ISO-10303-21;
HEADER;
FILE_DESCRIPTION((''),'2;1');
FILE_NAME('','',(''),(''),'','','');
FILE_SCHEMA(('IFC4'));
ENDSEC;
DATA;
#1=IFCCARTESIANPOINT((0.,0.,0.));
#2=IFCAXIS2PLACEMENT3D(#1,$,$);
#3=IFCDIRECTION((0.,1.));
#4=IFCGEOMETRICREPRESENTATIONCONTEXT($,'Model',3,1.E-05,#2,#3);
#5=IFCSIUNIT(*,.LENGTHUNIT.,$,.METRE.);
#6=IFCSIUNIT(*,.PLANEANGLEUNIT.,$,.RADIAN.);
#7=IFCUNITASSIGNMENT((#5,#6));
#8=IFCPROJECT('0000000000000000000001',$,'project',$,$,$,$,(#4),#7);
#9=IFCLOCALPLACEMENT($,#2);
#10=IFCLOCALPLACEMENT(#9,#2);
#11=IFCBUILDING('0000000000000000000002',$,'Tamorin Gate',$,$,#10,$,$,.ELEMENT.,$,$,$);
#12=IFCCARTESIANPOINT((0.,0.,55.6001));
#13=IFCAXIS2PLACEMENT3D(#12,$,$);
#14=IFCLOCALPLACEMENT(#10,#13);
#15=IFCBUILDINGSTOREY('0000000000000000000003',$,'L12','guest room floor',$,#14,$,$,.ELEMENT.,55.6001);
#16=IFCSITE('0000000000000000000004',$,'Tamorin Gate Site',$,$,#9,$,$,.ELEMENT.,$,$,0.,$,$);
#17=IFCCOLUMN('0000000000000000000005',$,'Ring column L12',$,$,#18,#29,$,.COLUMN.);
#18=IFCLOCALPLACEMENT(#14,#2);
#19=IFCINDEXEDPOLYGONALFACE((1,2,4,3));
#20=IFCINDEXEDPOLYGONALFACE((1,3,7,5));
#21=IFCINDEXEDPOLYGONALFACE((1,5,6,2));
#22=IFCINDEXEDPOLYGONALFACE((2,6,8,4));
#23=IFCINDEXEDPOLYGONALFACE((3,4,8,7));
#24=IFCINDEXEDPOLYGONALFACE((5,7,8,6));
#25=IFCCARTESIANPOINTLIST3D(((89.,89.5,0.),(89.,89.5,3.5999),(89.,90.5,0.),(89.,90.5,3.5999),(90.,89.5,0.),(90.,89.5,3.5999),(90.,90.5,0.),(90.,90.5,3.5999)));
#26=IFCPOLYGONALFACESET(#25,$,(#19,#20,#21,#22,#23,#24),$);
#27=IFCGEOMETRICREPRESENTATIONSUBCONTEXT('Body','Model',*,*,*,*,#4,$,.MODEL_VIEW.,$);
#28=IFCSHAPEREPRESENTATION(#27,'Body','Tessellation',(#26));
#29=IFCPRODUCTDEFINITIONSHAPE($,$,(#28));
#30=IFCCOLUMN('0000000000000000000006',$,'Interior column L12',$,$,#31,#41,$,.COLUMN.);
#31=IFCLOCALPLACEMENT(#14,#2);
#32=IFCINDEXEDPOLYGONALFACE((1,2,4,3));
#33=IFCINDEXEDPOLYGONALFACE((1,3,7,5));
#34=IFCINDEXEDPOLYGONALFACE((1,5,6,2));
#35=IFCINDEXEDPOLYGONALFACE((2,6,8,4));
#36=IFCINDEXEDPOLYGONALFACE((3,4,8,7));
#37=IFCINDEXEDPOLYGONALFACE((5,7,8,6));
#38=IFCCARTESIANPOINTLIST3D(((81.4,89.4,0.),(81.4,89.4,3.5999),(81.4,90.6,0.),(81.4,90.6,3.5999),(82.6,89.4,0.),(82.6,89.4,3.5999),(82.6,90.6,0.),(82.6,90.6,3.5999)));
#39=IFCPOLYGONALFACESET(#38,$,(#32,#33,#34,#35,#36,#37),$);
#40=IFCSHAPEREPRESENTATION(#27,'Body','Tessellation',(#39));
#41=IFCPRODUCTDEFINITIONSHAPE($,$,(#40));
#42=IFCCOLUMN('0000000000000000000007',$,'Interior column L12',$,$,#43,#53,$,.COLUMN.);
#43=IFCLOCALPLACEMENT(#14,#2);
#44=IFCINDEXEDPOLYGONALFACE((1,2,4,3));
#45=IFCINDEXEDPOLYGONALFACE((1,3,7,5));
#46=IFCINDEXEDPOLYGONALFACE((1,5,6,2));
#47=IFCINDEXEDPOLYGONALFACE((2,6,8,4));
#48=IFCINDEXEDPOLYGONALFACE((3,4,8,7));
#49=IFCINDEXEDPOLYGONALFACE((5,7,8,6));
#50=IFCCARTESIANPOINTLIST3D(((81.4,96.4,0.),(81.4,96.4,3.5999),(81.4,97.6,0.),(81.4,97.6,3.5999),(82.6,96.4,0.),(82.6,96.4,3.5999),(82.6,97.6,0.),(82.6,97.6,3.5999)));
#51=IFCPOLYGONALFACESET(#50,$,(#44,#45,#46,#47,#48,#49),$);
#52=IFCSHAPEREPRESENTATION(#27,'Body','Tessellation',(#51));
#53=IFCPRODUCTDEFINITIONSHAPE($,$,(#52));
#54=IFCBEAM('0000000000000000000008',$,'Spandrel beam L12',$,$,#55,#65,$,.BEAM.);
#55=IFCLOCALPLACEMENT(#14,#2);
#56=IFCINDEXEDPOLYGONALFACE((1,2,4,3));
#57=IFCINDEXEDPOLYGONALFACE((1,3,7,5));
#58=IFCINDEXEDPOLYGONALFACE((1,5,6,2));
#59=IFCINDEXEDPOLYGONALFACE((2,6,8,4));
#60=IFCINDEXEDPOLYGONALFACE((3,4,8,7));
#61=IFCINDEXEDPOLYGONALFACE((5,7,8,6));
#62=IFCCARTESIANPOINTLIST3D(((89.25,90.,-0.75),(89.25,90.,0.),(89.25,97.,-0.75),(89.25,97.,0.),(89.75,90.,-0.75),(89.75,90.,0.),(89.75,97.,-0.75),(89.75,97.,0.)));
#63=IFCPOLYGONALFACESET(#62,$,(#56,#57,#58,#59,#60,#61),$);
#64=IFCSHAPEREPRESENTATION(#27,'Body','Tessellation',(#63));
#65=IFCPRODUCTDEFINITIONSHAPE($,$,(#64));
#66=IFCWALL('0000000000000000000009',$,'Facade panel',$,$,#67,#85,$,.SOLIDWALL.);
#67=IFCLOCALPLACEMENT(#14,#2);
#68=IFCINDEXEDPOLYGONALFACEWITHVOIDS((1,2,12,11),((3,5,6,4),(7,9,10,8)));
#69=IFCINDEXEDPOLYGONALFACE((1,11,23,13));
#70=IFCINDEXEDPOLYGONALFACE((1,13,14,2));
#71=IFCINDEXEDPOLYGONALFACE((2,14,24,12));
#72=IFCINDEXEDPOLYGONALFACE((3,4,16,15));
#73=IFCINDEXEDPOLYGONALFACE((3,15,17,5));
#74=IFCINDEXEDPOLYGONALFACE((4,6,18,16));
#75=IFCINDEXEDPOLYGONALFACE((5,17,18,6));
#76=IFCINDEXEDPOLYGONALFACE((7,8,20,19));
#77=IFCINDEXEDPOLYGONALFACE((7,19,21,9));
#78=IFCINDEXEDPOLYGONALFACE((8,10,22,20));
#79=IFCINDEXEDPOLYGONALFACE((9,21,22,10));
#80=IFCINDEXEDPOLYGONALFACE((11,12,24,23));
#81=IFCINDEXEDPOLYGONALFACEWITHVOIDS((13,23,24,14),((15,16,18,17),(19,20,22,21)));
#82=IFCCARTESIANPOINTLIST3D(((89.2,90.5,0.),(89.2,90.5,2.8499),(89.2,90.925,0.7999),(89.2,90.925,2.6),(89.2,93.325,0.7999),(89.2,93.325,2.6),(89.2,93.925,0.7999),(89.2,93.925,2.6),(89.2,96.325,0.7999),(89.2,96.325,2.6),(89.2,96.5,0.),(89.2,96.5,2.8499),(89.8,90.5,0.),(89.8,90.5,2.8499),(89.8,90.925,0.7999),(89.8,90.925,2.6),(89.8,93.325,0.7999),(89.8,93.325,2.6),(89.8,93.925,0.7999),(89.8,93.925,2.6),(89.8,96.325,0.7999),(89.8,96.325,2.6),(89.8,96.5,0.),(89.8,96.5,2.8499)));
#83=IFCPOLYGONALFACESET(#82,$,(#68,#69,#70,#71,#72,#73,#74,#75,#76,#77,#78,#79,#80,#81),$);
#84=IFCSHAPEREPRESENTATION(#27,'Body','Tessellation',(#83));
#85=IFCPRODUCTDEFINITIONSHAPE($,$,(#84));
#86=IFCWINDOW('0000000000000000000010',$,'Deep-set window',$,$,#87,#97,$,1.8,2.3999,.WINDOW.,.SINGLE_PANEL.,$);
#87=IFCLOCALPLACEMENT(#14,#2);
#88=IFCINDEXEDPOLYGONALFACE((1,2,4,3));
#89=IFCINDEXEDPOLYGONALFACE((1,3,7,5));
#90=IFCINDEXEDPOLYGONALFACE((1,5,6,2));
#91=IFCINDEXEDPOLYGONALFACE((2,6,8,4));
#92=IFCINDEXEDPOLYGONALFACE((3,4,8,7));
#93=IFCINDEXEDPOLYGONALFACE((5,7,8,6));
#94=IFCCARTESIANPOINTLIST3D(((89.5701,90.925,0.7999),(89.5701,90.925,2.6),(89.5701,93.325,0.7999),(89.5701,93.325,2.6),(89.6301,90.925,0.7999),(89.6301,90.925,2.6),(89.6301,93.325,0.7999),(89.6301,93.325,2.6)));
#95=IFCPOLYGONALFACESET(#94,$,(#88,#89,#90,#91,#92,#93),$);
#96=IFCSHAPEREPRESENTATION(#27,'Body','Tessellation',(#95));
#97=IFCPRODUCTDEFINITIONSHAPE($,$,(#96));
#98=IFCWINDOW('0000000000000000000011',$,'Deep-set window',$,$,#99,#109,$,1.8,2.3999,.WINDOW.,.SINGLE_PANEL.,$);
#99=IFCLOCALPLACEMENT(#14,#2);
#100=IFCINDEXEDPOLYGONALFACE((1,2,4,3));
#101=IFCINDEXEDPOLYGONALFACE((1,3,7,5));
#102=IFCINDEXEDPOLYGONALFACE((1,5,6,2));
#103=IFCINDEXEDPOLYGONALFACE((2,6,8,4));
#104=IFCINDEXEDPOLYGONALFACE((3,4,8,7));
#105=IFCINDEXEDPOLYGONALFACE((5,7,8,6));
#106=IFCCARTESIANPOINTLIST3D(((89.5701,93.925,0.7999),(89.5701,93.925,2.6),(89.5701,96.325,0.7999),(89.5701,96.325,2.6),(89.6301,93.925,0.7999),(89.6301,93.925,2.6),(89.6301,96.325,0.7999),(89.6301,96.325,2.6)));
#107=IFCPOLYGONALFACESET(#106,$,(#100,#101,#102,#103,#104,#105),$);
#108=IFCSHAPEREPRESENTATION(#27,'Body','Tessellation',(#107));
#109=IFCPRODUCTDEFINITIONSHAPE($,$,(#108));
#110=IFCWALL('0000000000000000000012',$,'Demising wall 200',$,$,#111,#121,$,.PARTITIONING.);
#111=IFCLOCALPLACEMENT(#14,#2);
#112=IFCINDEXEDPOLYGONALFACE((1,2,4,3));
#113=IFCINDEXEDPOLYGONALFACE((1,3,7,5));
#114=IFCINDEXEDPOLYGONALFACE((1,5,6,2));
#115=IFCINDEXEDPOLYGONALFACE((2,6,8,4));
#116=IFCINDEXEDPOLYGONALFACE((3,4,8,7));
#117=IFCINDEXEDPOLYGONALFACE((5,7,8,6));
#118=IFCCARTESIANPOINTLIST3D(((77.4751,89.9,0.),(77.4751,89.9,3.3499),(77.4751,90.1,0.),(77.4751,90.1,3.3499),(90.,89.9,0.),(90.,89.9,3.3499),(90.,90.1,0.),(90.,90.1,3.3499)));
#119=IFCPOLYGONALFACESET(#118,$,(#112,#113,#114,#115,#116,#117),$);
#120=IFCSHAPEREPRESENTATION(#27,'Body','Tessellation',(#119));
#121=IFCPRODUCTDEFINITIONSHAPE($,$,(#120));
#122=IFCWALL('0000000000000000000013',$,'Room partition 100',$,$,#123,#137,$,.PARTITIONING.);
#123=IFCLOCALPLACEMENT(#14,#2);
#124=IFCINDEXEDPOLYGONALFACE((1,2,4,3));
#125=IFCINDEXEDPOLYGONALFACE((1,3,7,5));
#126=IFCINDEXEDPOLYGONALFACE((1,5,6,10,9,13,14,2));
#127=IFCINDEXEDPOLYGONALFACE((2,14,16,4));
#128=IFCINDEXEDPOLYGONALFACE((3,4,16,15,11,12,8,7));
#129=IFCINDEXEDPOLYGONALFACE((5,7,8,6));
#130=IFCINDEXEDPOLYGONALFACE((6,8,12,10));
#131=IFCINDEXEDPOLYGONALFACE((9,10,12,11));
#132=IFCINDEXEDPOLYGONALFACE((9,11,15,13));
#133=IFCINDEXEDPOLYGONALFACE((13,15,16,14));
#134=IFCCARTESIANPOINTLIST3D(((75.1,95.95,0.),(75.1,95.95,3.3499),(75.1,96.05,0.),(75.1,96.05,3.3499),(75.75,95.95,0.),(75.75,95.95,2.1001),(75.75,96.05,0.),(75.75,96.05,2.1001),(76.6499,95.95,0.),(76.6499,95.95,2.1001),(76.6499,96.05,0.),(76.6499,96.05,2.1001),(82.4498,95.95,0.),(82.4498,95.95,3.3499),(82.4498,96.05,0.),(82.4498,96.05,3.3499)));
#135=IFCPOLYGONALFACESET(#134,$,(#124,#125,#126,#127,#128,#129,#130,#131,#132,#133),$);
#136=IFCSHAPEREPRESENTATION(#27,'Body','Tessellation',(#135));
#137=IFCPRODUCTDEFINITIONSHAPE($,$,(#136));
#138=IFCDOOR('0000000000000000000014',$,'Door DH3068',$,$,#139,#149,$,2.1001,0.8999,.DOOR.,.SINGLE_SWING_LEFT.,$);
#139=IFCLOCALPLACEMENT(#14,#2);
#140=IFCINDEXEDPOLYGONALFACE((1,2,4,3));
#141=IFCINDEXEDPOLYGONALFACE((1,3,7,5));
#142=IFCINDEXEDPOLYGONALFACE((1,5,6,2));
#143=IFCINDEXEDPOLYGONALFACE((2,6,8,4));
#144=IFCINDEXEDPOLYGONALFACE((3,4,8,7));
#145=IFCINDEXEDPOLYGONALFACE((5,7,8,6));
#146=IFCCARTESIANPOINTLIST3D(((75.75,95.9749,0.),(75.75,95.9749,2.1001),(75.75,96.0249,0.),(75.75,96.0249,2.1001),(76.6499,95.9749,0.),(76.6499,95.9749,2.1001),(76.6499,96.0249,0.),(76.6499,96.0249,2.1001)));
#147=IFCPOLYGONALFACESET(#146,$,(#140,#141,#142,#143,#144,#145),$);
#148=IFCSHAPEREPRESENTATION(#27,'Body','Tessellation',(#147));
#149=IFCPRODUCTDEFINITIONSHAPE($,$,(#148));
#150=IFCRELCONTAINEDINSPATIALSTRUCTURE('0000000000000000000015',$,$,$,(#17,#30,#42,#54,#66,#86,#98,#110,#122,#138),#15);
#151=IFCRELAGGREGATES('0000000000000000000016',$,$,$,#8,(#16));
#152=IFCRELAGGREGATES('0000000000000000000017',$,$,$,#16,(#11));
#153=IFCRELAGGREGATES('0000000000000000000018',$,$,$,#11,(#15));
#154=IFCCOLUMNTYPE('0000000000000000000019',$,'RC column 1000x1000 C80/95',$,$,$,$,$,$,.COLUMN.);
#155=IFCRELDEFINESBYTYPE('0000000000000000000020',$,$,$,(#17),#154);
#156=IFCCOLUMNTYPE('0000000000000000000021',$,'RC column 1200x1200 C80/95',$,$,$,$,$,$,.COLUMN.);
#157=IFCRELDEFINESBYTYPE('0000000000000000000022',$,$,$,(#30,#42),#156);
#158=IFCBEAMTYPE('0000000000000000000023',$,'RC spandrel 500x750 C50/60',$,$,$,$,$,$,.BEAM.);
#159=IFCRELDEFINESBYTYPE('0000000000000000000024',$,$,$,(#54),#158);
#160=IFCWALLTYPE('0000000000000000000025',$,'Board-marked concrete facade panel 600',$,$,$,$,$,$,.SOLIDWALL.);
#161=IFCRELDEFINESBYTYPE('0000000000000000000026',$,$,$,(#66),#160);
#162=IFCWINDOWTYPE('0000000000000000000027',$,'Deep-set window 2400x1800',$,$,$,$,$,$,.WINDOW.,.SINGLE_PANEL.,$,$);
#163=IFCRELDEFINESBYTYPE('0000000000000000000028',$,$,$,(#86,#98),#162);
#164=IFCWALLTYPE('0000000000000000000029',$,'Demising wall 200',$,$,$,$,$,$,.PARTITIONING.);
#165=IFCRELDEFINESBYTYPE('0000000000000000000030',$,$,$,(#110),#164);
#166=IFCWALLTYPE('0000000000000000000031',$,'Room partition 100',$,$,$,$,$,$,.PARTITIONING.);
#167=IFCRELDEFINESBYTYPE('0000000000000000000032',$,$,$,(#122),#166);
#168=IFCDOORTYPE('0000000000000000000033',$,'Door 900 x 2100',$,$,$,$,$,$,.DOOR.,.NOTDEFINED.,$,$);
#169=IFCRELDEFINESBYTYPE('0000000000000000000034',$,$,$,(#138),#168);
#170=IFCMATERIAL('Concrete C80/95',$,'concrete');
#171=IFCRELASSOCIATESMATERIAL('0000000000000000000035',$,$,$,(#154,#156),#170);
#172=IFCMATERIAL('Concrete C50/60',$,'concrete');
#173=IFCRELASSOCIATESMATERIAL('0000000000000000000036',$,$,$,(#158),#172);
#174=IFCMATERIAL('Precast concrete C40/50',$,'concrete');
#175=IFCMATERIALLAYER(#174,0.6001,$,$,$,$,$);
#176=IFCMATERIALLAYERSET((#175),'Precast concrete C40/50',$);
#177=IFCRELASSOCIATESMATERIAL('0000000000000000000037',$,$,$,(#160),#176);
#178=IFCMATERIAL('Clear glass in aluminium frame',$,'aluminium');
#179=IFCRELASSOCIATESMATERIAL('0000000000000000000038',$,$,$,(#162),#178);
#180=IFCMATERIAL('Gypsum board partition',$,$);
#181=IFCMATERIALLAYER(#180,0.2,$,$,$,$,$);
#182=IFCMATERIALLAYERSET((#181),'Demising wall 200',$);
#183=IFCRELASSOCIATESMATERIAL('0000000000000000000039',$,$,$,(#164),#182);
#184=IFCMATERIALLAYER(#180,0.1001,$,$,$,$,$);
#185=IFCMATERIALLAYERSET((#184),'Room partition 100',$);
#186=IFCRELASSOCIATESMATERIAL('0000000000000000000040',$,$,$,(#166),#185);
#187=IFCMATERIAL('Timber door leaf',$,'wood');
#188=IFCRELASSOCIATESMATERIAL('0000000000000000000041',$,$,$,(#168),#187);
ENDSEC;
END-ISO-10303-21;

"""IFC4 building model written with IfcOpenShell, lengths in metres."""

from ifc_helpers import new_model, si_unit, direction, frame, frame_2d, origin, origin_2d, place, context, subcontext, project, spatial, rectangle, extrude, material, layer, layer_set, material_profile, profile_set, type_object, element, fill, save


model = new_model("IFC4")

# Units and contexts
model_context = context("Model", 3, precision=1e-05, world=origin(), true_north=direction((0.0, 1.0)))
body_context = subcontext(model_context, "Body", "Model", "MODEL_VIEW")
ifc_project = project(units=[si_unit("LENGTHUNIT", "METRE"), si_unit("PLANEANGLEUNIT", "RADIAN")], contexts=[model_context])

# Site, building, storey
site_placement = place(None, origin())
site = spatial("IfcSite", under=ifc_project, at=site_placement, Name="Tamorin Gate Site", CompositionType="ELEMENT", RefElevation=0.0)
building_placement = place(site_placement, origin())
building = spatial("IfcBuilding", under=site, at=building_placement, Name="Tamorin Gate", CompositionType="ELEMENT")
storey_placement = place(building_placement, frame((0.0, 0.0, 55.6001)))
storey = spatial("IfcBuildingStorey", under=building, at=storey_placement, Name="L12", Description="guest room floor", CompositionType="ELEMENT", Elevation=55.6001)

# Columns
ifc_material_1 = material(Name="Concrete C80/95", Category="concrete")
ifc_material_profile_1 = material_profile(ifc_material_1, rectangle(XDim=1.0, YDim=1.0, at=origin_2d()), Name="RC 1000x1000")
ifc_profile_set_1 = profile_set([ifc_material_profile_1], Name="Concrete C80/95")
column_type_1 = type_object("IfcColumnType", Name="RC column 1000x1000 C80/95", PredefinedType="COLUMN", material=ifc_profile_set_1)
column_placement = place(storey_placement, frame((89.5, 90.0, 0.0), z_axis=(0.0, 0.0, 1.0), x_axis=(1.0, 0.0, 0.0)))
element("IfcColumn", 1, at=column_placement, inside=storey, type_object=column_type_1, Name="Ring column L12", PredefinedType="COLUMN", context=body_context, shape_type="SweptSolid", body=[
    extrude(rectangle(XDim=1.0, YDim=1.0, at=origin_2d()), origin(), (0.0, 0.0, 1.0), 3.5999),
])
ifc_material_profile_2 = material_profile(ifc_material_1, rectangle(XDim=1.2, YDim=1.2, at=origin_2d()), Name="RC 1200x1200")
ifc_profile_set_2 = profile_set([ifc_material_profile_2], Name="Concrete C80/95")
column_type_2 = type_object("IfcColumnType", Name="RC column 1200x1200 C80/95", PredefinedType="COLUMN", material=ifc_profile_set_2)
for number, where, z_axis, x_axis, name in (
    (2, (82.0, 90.0, 0.0), (0.0, 0.0, 1.0), (1.0, 0.0, 0.0), "Interior column L12"),
    (3, (82.0, 97.0, 0.0), (0.0, 0.0, 1.0), (1.0, 0.0, 0.0), "Interior column L12"),
):
    element("IfcColumn", number, at=place(storey_placement, frame(where, z_axis=z_axis, x_axis=x_axis)), inside=storey, type_object=column_type_2, Name=name, PredefinedType="COLUMN", context=body_context, shape_type="SweptSolid", body=[
        extrude(rectangle(XDim=1.2, YDim=1.2, at=origin_2d()), origin(), (0.0, 0.0, 1.0), 3.5999),
    ])

# Beam
ifc_material_2 = material(Name="Concrete C50/60", Category="concrete")
ifc_material_profile_3 = material_profile(ifc_material_2, rectangle(XDim=0.5, YDim=0.75, at=origin_2d()), Name="RC 500x750")
ifc_profile_set_3 = profile_set([ifc_material_profile_3], Name="Concrete C50/60")
beam_type = type_object("IfcBeamType", Name="RC spandrel 500x750 C50/60", PredefinedType="BEAM", material=ifc_profile_set_3)
beam_placement = place(storey_placement, frame((89.5, 90.0, -0.375), z_axis=(0.0, 1.0, 0.0), x_axis=(-1.0, 0.0, 0.0)))
element("IfcBeam", 4, at=beam_placement, inside=storey, type_object=beam_type, Name="Spandrel beam L12", PredefinedType="BEAM", context=body_context, shape_type="SweptSolid", body=[
    extrude(rectangle(XDim=0.5, YDim=0.75, at=origin_2d()), origin(), (0.0, 0.0, 1.0), 7.0),
])

# Wall, openings, windows
ifc_material_3 = material(Name="Precast concrete C40/50", Category="concrete")
ifc_layer_1 = layer(ifc_material_3, 0.6001)
ifc_layer_set_1 = layer_set([ifc_layer_1], Name="Precast concrete C40/50")
wall_type_1 = type_object("IfcWallType", Name="Board-marked concrete facade panel 600", PredefinedType="SOLIDWALL", material=ifc_layer_set_1)
wall_1_placement = place(storey_placement, frame((89.5, 90.5, 0.0), z_axis=(0.0, 0.0, 1.0), x_axis=(0.0, 1.0, 0.0)))
wall_1 = element("IfcWall", 5, at=wall_1_placement, inside=storey, type_object=wall_type_1, Name="Facade panel", PredefinedType="SOLIDWALL", context=body_context, shape_type="SweptSolid", body=[
    extrude(rectangle(XDim=6.0, YDim=0.6001, at=frame_2d((3.0, 0.0))), origin(), (0.0, 0.0, 1.0), 2.8499),
])
opening_1_placement = place(wall_1_placement, frame((0.425, 0.0, 0.8)))
opening_1 = element("IfcOpeningElement", 6, at=opening_1_placement, cuts=wall_1, PredefinedType="OPENING", context=body_context, shape_type="SweptSolid", body=[
    extrude(rectangle(XDim=2.3999, YDim=1.8, at=frame_2d((1.2, 0.8999))), frame((0.0, 0.3101, 0.0), z_axis=(0.0, -1.0, 0.0), x_axis=(1.0, 0.0, 0.0)), (0.0, 0.0, 1.0), 0.6201),
])
opening_2_placement = place(wall_1_placement, frame((3.425, 0.0, 0.8)))
opening_2 = element("IfcOpeningElement", 7, at=opening_2_placement, cuts=wall_1, PredefinedType="OPENING", context=body_context, shape_type="SweptSolid", body=[
    extrude(rectangle(XDim=2.3999, YDim=1.8, at=frame_2d((1.2, 0.8999))), frame((0.0, 0.3101, 0.0), z_axis=(0.0, -1.0, 0.0), x_axis=(1.0, 0.0, 0.0)), (0.0, 0.0, 1.0), 0.6201),
])
ifc_material_4 = material(Name="Clear glass in aluminium frame", Category="aluminium")
window_type = type_object("IfcWindowType", Name="Deep-set window 2400x1800", PartitioningType="SINGLE_PANEL", PredefinedType="WINDOW", material=ifc_material_4)
window_1_placement = place(opening_1_placement, origin())
window_1 = element("IfcWindow", 8, at=window_1_placement, inside=storey, type_object=window_type, Name="Deep-set window", OverallHeight=1.8, OverallWidth=2.3999, PartitioningType="SINGLE_PANEL", PredefinedType="WINDOW", context=body_context, shape_type="SweptSolid", body=[
    extrude(rectangle(XDim=2.3999, YDim=1.8, at=frame_2d((1.2, 0.8999))), frame((0.0, -0.0701, 0.0), z_axis=(0.0, -1.0, 0.0), x_axis=(1.0, 0.0, 0.0)), (0.0, 0.0, 1.0), 0.0601),
])
fill(opening_1, window_1)
window_2_placement = place(opening_2_placement, origin())
window_2 = element("IfcWindow", 9, at=window_2_placement, inside=storey, type_object=window_type, Name="Deep-set window", OverallHeight=1.8, OverallWidth=2.3999, PartitioningType="SINGLE_PANEL", PredefinedType="WINDOW", context=body_context, shape_type="SweptSolid", body=[
    extrude(rectangle(XDim=2.3999, YDim=1.8, at=frame_2d((1.2, 0.8999))), frame((0.0, -0.0701, 0.0), z_axis=(0.0, -1.0, 0.0), x_axis=(1.0, 0.0, 0.0)), (0.0, 0.0, 1.0), 0.0601),
])
fill(opening_2, window_2)

# Wall
ifc_material_5 = material(Name="Gypsum board partition")
ifc_layer_2 = layer(ifc_material_5, 0.2)
ifc_layer_set_2 = layer_set([ifc_layer_2], Name="Demising wall 200")
wall_type_2 = type_object("IfcWallType", Name="Demising wall 200", PredefinedType="PARTITIONING", material=ifc_layer_set_2)
wall_2_placement = place(storey_placement, frame((77.4751, 90.0, 0.0), z_axis=(0.0, 0.0, 1.0), x_axis=(1.0, 0.0, 0.0)))
element("IfcWall", 10, at=wall_2_placement, inside=storey, type_object=wall_type_2, Name="Demising wall 200", PredefinedType="PARTITIONING", context=body_context, shape_type="SweptSolid", body=[
    extrude(rectangle(XDim=12.5249, YDim=0.2, at=frame_2d((6.2625, 0.0))), origin(), (0.0, 0.0, 1.0), 3.3499),
])

# Wall, opening, door
ifc_layer_3 = layer(ifc_material_5, 0.1001)
ifc_layer_set_3 = layer_set([ifc_layer_3], Name="Room partition 100")
wall_type_3 = type_object("IfcWallType", Name="Room partition 100", PredefinedType="PARTITIONING", material=ifc_layer_set_3)
wall_3_placement = place(storey_placement, frame((75.1001, 96.0, 0.0), z_axis=(0.0, 0.0, 1.0), x_axis=(1.0, 0.0, 0.0)))
wall_3 = element("IfcWall", 11, at=wall_3_placement, inside=storey, type_object=wall_type_3, Name="Room partition 100", PredefinedType="PARTITIONING", context=body_context, shape_type="SweptSolid", body=[
    extrude(rectangle(XDim=7.3499, YDim=0.1001, at=frame_2d((3.6748, 0.0))), origin(), (0.0, 0.0, 1.0), 3.3499),
])
opening_3_placement = place(wall_3_placement, frame((0.6499, 0.0, 0.0)))
opening_3 = element("IfcOpeningElement", 12, at=opening_3_placement, cuts=wall_3, PredefinedType="OPENING", context=body_context, shape_type="SweptSolid", body=[
    extrude(rectangle(XDim=0.8999, YDim=2.1001, at=frame_2d((0.45, 1.05))), frame((0.0, 0.0601, 0.0), z_axis=(0.0, -1.0, 0.0), x_axis=(1.0, 0.0, 0.0)), (0.0, 0.0, 1.0), 0.1201),
])
ifc_material_6 = material(Name="Timber door leaf", Category="wood")
door_type = type_object("IfcDoorType", Name="Door 900 x 2100", OperationType="NOTDEFINED", PredefinedType="DOOR", material=ifc_material_6)
door_1_placement = place(opening_3_placement, origin())
door_1 = element("IfcDoor", 13, at=door_1_placement, inside=storey, type_object=door_type, Name="Door DH3068", OperationType="SINGLE_SWING_LEFT", OverallHeight=2.1001, OverallWidth=0.8999, PredefinedType="DOOR", context=body_context, shape_type="SweptSolid", body=[
    extrude(rectangle(XDim=0.8999, YDim=2.1001, at=frame_2d((0.45, 1.05))), frame((0.0, 0.0249, 0.0), z_axis=(0.0, -1.0, 0.0), x_axis=(1.0, 0.0, 0.0)), (0.0, 0.0, 1.0), 0.05),
])
fill(opening_3, door_1)

save(model, "model.ifc")
